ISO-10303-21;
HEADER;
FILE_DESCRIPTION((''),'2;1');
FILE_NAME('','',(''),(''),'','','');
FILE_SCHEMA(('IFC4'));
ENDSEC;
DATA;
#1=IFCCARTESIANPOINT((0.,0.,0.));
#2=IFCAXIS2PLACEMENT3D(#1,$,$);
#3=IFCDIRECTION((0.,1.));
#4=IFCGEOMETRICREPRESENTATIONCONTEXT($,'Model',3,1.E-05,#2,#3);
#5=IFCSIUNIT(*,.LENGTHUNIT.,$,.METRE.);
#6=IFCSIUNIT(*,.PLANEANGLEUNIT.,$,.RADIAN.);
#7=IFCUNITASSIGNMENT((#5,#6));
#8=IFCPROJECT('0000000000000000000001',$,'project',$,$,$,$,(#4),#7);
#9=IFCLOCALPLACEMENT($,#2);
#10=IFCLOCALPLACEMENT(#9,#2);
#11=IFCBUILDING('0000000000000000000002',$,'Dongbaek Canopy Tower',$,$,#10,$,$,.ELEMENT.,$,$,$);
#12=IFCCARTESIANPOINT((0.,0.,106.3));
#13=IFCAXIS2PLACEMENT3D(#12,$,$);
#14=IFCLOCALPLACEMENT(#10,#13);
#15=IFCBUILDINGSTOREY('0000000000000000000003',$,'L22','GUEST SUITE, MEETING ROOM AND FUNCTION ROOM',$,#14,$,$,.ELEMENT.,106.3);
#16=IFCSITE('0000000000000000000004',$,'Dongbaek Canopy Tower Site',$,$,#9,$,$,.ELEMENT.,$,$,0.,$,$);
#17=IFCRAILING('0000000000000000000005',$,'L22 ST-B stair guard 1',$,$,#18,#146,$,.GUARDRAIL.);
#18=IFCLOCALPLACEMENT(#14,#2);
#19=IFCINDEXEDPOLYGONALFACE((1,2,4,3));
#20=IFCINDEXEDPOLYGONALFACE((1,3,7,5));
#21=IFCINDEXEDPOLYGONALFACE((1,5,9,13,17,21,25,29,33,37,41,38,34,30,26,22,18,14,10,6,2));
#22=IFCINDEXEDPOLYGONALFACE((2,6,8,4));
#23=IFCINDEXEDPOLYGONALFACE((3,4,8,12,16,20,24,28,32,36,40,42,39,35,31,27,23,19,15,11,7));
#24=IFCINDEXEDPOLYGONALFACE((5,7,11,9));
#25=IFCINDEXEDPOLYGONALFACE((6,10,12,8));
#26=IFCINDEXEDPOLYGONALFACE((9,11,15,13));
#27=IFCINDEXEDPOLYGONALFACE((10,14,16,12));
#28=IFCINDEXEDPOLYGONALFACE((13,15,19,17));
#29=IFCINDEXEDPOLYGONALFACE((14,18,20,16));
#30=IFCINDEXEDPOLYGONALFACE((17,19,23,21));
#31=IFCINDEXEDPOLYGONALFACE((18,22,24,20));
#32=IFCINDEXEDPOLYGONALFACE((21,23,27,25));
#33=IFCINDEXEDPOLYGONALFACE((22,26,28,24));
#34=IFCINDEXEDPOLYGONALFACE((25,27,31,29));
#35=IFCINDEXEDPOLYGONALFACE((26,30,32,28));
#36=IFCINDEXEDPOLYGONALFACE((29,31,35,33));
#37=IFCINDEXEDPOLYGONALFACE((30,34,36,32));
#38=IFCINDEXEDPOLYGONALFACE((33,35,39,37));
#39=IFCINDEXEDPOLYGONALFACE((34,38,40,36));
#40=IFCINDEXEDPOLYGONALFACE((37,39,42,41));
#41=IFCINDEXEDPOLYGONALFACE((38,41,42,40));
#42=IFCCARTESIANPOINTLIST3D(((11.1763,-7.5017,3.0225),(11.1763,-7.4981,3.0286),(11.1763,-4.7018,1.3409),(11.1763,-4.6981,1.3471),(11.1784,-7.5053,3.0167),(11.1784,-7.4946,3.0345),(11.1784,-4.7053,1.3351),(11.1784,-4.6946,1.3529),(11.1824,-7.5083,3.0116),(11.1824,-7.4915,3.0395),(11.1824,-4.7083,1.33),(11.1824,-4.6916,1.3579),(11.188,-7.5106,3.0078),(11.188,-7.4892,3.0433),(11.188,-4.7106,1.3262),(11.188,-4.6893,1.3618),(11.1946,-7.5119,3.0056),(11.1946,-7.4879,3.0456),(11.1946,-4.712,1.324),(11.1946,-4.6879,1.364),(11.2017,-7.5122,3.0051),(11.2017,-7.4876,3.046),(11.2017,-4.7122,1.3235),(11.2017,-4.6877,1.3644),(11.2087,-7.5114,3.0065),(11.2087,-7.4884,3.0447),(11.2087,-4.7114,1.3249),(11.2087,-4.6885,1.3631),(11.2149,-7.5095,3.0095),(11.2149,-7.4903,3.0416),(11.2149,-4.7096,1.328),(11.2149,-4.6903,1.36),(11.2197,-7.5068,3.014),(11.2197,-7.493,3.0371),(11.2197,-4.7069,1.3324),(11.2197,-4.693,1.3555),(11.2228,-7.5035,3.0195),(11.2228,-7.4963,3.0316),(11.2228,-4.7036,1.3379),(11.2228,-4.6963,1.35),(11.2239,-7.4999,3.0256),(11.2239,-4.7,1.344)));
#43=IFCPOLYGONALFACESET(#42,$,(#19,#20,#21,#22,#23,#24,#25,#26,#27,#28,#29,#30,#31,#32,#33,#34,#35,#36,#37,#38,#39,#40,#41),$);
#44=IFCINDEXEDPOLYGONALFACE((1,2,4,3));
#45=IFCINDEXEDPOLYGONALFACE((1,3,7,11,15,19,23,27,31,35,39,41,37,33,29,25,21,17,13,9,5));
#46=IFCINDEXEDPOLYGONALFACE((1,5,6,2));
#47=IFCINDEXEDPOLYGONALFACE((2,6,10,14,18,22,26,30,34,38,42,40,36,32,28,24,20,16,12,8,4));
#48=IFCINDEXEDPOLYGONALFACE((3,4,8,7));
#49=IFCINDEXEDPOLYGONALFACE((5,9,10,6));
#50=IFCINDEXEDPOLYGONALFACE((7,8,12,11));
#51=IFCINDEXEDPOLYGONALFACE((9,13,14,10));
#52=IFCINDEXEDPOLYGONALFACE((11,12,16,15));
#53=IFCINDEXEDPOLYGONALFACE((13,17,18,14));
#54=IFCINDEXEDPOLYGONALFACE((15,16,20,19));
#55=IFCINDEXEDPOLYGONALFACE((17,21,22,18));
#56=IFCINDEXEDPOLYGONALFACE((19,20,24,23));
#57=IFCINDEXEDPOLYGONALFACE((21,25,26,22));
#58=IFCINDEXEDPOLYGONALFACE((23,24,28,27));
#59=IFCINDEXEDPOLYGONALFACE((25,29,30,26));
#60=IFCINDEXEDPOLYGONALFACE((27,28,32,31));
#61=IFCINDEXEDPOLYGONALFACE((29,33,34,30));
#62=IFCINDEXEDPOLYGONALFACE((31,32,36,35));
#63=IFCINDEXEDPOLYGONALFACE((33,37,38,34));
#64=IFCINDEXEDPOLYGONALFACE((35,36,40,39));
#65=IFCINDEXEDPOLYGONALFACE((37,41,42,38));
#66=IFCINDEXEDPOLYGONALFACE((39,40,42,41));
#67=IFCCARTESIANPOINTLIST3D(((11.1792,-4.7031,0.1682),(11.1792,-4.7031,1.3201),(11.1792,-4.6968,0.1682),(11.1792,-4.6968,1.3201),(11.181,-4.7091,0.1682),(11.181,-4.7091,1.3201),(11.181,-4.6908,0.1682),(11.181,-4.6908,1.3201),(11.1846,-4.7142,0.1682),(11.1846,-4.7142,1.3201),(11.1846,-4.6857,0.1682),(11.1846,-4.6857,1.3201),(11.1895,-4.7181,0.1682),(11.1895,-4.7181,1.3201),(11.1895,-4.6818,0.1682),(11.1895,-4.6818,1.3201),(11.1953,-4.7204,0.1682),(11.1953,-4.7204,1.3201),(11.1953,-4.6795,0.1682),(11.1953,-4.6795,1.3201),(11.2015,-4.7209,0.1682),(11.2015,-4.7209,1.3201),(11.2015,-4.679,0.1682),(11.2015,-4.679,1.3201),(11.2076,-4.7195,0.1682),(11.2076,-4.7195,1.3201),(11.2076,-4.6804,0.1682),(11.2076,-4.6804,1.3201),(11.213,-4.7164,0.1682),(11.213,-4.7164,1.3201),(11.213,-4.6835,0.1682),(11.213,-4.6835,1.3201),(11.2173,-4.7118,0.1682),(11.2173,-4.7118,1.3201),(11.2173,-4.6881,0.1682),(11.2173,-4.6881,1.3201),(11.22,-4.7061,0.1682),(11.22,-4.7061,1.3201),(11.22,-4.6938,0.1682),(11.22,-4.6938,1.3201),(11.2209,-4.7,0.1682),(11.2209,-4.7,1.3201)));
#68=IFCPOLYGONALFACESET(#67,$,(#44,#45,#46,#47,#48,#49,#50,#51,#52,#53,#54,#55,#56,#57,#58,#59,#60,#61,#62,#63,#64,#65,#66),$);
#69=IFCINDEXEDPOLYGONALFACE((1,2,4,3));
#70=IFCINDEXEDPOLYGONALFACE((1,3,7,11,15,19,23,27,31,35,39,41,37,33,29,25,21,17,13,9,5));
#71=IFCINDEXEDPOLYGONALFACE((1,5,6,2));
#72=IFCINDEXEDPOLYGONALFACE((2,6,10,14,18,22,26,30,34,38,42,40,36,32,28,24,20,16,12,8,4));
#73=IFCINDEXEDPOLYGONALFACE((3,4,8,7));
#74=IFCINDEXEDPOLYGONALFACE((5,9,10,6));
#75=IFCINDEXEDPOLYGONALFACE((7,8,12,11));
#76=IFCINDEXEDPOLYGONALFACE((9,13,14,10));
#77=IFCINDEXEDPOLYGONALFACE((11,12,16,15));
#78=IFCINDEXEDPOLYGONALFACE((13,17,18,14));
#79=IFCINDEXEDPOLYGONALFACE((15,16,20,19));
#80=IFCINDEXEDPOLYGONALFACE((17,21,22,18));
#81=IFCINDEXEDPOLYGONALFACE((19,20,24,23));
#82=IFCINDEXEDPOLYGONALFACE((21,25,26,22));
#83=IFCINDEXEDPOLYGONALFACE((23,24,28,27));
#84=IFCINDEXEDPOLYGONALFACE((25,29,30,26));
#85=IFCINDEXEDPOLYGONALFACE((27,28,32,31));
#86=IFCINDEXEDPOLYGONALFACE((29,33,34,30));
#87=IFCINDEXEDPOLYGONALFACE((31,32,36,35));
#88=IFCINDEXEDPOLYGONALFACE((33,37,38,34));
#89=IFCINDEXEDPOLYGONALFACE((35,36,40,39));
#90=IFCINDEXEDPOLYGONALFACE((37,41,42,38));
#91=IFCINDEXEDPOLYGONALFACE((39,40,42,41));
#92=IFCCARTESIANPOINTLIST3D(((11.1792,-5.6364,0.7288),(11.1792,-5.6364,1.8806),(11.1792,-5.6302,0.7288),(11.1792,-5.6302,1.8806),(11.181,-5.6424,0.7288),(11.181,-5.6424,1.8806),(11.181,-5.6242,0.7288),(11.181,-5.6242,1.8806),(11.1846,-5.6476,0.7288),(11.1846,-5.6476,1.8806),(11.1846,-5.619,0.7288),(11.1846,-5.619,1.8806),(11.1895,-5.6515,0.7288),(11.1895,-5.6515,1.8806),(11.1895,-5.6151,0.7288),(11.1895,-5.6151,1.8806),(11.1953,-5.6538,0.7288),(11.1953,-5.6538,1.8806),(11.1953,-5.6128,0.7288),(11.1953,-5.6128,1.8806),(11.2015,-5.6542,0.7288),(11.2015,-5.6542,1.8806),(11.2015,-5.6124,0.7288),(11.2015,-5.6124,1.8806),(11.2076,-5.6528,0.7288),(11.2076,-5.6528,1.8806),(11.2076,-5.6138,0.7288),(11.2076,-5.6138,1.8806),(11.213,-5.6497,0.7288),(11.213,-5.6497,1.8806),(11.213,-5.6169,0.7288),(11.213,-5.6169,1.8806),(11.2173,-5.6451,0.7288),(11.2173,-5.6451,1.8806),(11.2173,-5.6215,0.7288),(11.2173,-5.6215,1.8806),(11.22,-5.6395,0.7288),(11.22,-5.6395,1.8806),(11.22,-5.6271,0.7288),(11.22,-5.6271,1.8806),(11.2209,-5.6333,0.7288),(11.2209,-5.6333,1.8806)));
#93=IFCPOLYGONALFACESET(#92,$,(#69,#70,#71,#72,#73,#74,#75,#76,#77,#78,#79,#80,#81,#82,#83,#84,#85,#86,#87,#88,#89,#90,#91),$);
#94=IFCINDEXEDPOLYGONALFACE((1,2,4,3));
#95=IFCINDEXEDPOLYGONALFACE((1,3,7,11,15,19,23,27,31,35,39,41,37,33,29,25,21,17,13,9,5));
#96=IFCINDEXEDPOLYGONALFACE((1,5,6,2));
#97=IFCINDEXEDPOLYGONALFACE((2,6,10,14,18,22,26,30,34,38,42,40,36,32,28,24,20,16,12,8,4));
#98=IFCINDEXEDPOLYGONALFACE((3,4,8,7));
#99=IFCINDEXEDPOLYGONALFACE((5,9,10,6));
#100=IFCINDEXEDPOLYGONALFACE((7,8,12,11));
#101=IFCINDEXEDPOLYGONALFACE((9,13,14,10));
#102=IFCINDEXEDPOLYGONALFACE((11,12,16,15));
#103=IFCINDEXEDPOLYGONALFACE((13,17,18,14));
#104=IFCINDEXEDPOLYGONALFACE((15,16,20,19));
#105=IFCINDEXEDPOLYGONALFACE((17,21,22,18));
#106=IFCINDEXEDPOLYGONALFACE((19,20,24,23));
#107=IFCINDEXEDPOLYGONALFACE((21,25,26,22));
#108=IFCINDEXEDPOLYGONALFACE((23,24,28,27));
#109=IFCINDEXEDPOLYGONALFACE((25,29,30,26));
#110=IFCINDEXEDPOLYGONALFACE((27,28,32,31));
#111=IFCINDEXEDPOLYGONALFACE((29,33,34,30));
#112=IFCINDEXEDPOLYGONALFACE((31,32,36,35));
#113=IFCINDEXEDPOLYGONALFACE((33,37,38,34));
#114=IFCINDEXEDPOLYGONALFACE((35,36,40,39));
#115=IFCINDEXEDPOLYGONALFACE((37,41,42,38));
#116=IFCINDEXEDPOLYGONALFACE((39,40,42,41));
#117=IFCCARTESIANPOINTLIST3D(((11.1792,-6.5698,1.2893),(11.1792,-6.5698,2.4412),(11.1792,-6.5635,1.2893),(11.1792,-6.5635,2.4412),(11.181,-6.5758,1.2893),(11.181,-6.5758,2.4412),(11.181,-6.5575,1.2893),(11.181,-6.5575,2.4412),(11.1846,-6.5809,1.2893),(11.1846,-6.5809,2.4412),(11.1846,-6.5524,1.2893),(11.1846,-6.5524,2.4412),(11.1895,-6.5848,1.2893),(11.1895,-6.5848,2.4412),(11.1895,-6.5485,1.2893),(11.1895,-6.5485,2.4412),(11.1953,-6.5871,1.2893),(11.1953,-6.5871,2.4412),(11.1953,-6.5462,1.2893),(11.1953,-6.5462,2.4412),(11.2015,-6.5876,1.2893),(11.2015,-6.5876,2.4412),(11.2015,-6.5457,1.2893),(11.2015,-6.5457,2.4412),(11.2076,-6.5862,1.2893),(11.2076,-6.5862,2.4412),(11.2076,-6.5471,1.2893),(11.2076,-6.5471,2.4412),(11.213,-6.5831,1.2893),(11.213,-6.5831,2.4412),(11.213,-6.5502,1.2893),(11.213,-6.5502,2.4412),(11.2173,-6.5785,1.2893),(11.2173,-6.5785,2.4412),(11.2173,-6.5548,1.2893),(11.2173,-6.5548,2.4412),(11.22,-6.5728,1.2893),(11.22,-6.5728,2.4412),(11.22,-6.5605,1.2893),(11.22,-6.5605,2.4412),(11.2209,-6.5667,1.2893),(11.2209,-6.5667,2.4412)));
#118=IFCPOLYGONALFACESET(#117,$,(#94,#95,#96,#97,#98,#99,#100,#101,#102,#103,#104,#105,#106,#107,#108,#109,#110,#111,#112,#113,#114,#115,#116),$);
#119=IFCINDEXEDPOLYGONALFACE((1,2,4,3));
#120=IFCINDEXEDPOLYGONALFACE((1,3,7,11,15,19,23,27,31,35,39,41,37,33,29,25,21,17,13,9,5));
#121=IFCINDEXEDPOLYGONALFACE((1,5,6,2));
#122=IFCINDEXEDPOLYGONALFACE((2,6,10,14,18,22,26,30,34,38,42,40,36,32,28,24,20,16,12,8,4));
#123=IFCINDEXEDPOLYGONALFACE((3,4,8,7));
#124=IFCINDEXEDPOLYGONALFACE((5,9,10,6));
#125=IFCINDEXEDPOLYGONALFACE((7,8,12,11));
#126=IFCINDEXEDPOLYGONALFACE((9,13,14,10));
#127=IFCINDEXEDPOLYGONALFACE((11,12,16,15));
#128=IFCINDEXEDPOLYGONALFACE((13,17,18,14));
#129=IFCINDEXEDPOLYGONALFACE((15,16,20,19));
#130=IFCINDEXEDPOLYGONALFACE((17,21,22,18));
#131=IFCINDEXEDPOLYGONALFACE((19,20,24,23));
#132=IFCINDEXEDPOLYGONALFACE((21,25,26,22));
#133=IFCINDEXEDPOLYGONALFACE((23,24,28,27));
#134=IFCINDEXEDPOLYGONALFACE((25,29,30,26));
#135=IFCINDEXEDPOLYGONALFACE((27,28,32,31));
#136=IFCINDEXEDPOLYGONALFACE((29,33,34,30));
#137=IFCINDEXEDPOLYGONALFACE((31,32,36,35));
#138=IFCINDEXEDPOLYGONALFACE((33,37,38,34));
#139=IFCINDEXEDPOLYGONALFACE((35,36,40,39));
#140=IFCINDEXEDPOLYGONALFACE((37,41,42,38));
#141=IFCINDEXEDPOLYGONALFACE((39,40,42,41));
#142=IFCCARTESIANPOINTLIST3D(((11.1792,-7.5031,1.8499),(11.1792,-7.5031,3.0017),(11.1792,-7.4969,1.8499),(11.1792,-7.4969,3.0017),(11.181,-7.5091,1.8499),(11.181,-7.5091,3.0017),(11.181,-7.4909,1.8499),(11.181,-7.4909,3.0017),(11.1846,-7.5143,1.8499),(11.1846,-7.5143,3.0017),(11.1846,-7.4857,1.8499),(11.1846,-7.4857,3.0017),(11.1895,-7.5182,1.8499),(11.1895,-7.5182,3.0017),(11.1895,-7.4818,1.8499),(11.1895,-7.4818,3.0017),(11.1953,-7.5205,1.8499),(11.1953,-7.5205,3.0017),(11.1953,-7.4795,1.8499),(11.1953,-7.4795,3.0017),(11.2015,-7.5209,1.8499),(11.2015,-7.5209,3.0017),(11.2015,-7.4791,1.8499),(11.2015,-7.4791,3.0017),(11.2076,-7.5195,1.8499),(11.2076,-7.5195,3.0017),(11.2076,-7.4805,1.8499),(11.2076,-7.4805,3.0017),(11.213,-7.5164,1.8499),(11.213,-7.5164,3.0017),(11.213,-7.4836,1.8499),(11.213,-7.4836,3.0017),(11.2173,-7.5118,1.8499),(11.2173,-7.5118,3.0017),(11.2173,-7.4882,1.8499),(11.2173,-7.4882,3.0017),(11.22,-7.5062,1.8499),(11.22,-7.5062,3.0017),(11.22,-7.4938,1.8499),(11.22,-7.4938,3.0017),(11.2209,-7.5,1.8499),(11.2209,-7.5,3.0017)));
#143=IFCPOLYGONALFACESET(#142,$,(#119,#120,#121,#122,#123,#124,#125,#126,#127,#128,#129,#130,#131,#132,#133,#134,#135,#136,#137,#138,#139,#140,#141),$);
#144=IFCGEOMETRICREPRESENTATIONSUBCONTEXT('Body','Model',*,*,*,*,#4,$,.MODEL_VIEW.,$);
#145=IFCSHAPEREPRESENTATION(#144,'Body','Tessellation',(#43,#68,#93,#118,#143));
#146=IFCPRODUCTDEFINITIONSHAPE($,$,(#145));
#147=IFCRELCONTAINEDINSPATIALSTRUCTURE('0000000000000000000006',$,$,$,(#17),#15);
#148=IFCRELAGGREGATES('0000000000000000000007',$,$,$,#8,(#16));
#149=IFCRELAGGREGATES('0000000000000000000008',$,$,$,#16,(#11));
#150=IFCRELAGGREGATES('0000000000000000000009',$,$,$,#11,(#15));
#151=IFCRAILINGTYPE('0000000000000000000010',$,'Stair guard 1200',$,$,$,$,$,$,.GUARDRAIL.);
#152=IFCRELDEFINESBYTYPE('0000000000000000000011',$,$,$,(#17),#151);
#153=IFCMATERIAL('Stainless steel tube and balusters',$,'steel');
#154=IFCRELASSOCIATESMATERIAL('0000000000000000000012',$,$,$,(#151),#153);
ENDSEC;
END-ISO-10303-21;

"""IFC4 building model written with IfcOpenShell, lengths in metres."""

from ifc_helpers import new_model, si_unit, direction, frame, origin, origin_2d, place, context, subcontext, project, spatial, circle, extrude, material, type_object, element, save


model = new_model("IFC4")

# Units and contexts
model_context = context("Model", 3, precision=1e-05, world=origin(), true_north=direction((0.0, 1.0)))
body_context = subcontext(model_context, "Body", "Model", "MODEL_VIEW")
ifc_project = project(units=[si_unit("LENGTHUNIT", "METRE"), si_unit("PLANEANGLEUNIT", "RADIAN")], contexts=[model_context])

# Site, building, storey
site_placement = place(None, origin())
site = spatial("IfcSite", under=ifc_project, at=site_placement, Name="Dongbaek Canopy Tower Site", CompositionType="ELEMENT", RefElevation=0.0)
building_placement = place(site_placement, origin())
building = spatial("IfcBuilding", under=site, at=building_placement, Name="Dongbaek Canopy Tower", CompositionType="ELEMENT")
storey_placement = place(building_placement, frame((0.0, 0.0, 106.3)))
storey = spatial("IfcBuildingStorey", under=building, at=storey_placement, Name="L22", Description="GUEST SUITE, MEETING ROOM AND FUNCTION ROOM", CompositionType="ELEMENT", Elevation=106.3)

# Railing
ifc_material_1 = material(Name="Stainless steel tube and balusters", Category="steel")
railing_type_1 = type_object("IfcRailingType", Name="Stair guard 1200", PredefinedType="GUARDRAIL", material=ifc_material_1)
railing_1_placement = place(storey_placement, frame((11.2, -4.7, 0.1682)))
element("IfcRailing", 1, at=railing_1_placement, inside=storey, type_object=railing_type_1, Name="L22 ST-B stair guard 1", PredefinedType="GUARDRAIL", context=body_context, shape_type="SweptSolid", body=[
    extrude(circle(Radius=0.0239, at=origin_2d()), frame((0.0, 0.0, 1.1758), z_axis=(0.0, -0.857275, 0.514858), x_axis=(1.0, 0.0, 0.0)), (0.0, 0.0, 1.0), 3.2661),
    extrude(circle(Radius=0.021, at=origin_2d()), origin(), (0.0, 0.0, 1.0), 1.1519),
    extrude(circle(Radius=0.021, at=origin_2d()), frame((0.0, -0.9333, 0.5605)), (0.0, 0.0, 1.0), 1.1519),
    extrude(circle(Radius=0.021, at=origin_2d()), frame((0.0, -1.8667, 1.1211)), (0.0, 0.0, 1.0), 1.1519),
    extrude(circle(Radius=0.021, at=origin_2d()), frame((0.0, -2.8, 1.6816)), (0.0, 0.0, 1.0), 1.1519),
])

save(model, "model.ifc")
